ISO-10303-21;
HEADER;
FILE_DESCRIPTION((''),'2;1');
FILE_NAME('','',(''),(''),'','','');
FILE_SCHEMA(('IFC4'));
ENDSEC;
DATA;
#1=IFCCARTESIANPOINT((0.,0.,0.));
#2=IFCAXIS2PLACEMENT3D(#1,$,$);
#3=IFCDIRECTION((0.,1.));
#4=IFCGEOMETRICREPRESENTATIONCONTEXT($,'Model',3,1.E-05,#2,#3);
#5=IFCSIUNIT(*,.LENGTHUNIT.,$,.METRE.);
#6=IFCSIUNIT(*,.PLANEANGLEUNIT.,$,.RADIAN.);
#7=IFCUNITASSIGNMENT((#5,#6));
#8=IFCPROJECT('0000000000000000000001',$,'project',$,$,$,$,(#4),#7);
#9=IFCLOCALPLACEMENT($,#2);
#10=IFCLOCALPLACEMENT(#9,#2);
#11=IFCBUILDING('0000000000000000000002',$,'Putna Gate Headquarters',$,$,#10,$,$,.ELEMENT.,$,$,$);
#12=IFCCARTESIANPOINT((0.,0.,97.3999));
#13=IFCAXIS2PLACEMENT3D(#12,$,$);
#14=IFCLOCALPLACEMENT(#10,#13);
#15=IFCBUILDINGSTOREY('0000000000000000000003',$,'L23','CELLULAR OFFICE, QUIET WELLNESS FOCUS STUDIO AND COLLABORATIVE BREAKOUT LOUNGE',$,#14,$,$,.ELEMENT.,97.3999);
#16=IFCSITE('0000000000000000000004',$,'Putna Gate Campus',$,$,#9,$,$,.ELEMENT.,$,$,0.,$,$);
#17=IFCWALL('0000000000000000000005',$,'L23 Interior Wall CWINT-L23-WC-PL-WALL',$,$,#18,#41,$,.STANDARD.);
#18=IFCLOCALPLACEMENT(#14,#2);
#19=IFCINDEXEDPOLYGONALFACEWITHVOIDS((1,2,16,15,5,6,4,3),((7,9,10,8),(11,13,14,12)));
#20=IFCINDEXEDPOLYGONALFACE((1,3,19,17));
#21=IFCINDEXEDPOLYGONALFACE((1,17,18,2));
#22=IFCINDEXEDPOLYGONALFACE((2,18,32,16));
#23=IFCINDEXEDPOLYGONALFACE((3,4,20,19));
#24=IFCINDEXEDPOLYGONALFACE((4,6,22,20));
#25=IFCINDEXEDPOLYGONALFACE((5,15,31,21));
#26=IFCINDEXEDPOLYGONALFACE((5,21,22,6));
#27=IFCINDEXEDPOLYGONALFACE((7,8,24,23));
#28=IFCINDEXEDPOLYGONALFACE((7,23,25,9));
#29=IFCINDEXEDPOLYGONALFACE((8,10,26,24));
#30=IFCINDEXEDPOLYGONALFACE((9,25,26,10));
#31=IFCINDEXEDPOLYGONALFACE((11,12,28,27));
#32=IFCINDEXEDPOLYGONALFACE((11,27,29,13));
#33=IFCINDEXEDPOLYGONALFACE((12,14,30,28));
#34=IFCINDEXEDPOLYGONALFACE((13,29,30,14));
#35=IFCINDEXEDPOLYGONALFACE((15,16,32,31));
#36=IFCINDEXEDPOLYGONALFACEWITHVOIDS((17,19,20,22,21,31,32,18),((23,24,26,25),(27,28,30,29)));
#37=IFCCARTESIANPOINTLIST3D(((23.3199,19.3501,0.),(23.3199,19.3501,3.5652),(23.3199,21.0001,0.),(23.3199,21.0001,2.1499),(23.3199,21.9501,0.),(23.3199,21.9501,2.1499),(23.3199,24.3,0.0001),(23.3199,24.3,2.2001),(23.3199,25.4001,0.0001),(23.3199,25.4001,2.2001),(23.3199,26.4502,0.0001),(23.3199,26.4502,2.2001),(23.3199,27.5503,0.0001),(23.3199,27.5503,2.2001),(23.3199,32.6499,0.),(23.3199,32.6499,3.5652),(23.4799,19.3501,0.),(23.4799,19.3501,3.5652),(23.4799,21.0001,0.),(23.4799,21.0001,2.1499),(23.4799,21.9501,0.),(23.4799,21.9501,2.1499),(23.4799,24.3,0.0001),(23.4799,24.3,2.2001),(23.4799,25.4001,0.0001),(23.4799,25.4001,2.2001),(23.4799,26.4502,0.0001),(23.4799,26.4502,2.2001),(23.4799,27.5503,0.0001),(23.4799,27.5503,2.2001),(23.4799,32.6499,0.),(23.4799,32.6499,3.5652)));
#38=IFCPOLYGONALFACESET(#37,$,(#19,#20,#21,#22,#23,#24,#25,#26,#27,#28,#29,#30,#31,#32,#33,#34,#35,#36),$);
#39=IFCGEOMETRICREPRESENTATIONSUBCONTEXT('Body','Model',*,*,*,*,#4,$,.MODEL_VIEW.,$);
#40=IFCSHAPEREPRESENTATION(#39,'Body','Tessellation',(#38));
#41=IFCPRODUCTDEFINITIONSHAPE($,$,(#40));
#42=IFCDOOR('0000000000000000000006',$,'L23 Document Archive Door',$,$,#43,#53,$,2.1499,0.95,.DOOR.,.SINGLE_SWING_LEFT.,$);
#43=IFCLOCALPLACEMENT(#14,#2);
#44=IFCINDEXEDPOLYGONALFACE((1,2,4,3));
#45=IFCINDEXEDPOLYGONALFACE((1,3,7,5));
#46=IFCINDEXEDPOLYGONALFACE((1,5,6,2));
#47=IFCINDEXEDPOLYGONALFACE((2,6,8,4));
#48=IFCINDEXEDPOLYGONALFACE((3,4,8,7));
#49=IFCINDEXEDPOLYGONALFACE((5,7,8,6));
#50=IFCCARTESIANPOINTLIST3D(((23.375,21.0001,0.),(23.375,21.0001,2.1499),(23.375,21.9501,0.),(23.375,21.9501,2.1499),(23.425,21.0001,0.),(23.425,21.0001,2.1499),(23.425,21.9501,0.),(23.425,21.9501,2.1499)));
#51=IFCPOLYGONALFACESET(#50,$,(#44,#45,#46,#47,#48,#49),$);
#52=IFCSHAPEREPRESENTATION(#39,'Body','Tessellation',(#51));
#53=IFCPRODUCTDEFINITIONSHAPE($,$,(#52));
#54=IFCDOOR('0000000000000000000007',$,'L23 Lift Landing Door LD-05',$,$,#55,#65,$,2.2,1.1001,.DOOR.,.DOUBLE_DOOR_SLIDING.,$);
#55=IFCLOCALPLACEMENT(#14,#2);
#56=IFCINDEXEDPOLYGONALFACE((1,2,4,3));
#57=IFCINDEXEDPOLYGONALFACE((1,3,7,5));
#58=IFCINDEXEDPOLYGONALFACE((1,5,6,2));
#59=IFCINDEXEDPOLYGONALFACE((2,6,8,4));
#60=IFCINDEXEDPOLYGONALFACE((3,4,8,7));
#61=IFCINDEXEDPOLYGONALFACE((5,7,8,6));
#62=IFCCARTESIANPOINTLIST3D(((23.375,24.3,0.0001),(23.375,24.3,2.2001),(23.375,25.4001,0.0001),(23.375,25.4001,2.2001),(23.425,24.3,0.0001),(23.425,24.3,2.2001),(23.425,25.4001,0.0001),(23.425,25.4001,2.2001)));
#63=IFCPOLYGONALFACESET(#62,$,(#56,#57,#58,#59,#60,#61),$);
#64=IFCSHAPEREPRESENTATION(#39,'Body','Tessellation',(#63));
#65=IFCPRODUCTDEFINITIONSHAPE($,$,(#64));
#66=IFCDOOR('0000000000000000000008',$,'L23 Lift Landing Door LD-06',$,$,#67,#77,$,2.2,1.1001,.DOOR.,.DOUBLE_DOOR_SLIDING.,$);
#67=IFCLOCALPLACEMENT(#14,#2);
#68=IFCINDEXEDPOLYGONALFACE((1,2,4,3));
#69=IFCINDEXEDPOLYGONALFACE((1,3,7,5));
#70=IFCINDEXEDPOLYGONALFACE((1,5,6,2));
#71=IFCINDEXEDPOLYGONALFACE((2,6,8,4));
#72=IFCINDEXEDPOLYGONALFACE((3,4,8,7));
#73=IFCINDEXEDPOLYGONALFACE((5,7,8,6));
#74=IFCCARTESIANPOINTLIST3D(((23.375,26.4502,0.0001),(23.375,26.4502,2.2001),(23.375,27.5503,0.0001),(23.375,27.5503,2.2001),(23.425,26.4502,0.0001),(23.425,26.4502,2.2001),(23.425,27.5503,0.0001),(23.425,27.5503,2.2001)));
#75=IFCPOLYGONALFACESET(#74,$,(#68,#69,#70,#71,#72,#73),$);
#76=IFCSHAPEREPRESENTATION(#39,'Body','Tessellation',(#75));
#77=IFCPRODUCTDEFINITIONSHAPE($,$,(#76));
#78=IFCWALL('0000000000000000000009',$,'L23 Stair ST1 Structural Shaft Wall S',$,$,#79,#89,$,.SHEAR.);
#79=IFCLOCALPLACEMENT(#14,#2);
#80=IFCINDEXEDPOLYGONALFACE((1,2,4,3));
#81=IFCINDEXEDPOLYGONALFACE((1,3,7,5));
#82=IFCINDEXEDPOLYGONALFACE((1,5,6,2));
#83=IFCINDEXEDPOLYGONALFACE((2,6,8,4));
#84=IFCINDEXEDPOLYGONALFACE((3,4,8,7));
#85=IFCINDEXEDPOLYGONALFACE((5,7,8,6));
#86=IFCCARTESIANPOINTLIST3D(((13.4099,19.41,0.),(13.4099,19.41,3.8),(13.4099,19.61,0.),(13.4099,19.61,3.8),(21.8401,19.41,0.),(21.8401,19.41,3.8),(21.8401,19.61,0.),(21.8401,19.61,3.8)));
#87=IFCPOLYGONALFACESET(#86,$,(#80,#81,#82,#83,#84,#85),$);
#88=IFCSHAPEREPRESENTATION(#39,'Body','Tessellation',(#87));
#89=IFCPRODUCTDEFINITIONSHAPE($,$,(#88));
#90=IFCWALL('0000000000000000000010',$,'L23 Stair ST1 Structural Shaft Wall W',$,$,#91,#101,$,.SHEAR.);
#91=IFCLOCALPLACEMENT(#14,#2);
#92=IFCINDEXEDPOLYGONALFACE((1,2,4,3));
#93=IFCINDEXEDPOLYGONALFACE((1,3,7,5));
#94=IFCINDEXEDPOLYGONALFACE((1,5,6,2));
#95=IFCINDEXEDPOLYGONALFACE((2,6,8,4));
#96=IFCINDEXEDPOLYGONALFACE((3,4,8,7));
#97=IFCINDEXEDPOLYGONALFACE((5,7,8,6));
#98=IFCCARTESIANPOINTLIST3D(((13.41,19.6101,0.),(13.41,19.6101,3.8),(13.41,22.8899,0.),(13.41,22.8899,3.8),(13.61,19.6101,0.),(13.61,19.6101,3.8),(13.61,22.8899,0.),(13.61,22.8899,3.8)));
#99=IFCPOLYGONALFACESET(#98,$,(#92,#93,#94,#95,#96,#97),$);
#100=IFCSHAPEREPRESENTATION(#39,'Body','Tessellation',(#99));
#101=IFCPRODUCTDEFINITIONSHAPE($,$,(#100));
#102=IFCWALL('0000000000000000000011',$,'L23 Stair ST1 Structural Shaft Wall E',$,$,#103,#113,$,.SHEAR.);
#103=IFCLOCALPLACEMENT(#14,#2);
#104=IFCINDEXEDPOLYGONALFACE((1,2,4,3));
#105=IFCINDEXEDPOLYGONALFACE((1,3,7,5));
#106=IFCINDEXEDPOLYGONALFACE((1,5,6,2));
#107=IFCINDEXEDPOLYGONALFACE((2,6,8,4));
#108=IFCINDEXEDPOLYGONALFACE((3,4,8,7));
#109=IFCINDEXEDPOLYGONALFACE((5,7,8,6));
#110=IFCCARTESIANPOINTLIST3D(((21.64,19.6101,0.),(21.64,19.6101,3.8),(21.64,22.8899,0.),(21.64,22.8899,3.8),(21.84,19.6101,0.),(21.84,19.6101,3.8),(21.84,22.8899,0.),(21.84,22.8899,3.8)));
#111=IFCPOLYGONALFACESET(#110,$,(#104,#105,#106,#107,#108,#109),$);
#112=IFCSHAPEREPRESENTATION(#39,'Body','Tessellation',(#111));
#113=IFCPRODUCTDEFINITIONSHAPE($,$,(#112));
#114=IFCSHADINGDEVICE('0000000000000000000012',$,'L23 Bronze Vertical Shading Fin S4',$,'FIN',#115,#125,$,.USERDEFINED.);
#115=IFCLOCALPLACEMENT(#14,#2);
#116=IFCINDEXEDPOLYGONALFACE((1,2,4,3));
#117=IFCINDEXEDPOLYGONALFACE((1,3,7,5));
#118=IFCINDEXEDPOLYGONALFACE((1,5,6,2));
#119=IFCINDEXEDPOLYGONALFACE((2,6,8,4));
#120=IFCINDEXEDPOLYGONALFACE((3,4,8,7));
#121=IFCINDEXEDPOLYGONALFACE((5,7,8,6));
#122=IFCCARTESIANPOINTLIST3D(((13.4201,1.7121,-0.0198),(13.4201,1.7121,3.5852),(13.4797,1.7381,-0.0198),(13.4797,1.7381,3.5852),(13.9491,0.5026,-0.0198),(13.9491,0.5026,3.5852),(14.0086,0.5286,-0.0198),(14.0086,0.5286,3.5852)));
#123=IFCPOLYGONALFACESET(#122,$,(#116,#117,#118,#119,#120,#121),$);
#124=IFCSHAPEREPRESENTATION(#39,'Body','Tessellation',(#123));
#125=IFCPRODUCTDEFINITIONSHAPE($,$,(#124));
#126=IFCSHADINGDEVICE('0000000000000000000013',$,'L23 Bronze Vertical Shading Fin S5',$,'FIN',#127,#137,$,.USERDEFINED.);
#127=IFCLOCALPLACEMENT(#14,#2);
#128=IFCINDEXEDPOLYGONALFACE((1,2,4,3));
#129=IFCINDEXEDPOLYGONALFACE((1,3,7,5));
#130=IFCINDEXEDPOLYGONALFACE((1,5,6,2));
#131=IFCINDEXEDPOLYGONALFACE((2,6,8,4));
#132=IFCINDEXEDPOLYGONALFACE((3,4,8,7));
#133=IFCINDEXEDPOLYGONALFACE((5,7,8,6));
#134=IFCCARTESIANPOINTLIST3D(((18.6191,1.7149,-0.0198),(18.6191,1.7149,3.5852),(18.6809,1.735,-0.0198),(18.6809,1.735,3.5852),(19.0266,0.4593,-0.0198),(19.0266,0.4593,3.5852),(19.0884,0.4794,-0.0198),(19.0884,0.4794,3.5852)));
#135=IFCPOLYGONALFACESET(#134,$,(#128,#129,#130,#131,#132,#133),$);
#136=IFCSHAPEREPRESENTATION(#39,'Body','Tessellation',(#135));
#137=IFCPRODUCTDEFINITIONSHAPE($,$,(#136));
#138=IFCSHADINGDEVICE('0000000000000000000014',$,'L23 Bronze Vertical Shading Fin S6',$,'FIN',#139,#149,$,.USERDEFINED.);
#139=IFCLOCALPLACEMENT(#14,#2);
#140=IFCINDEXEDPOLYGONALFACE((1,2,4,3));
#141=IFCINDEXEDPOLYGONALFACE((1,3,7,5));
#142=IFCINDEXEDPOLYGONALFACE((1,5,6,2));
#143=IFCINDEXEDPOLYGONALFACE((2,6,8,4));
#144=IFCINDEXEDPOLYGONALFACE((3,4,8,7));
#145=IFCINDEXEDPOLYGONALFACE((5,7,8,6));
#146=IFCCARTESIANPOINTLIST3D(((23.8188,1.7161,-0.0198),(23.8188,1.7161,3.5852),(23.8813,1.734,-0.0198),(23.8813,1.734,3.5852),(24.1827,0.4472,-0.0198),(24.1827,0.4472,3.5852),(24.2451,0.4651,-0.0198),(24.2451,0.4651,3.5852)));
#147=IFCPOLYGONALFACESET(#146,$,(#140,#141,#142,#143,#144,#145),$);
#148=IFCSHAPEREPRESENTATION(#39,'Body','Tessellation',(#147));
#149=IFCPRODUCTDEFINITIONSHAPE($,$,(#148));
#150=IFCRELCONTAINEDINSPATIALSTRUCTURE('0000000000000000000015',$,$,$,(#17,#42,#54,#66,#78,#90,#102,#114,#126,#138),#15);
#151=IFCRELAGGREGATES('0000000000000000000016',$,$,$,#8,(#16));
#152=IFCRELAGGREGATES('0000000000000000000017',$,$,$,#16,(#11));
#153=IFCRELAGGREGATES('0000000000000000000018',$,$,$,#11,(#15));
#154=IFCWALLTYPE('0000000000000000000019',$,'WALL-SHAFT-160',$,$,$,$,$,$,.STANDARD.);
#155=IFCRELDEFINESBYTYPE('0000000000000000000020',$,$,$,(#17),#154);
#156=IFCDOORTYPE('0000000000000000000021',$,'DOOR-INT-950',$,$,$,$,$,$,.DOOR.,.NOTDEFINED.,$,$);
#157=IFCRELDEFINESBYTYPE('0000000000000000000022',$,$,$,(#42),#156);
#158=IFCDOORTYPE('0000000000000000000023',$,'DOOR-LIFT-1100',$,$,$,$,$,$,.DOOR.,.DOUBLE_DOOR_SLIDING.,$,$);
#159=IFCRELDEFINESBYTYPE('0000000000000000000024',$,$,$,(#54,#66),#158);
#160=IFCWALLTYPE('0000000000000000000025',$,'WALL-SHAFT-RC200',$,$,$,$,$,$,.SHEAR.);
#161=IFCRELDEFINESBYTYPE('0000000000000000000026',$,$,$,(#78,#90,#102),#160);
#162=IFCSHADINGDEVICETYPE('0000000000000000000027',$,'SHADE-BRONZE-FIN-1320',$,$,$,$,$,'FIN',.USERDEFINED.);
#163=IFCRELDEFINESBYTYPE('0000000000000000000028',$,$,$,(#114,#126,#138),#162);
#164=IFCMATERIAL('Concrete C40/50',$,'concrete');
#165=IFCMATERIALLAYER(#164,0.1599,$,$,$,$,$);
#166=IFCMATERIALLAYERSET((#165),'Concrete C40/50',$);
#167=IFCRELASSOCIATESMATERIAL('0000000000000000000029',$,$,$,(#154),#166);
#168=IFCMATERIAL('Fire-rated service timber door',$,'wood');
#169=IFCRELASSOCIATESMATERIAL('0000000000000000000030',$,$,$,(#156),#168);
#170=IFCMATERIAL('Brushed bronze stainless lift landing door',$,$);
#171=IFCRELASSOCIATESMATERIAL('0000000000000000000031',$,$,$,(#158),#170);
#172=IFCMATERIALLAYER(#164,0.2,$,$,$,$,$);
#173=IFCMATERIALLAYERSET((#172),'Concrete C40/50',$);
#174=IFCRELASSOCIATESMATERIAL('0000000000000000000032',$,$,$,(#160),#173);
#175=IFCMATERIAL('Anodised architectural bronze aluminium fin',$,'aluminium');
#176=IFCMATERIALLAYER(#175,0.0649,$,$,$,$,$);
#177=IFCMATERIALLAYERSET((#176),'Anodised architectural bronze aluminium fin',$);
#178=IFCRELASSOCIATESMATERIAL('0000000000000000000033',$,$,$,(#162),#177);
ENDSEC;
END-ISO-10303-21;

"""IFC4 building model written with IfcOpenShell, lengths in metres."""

from ifc_helpers import new_model, si_unit, direction, frame, frame_2d, origin, origin_2d, place, context, subcontext, project, spatial, rectangle, extrude, material, layer, layer_set, type_object, element, fill, save


model = new_model("IFC4")

# Units and contexts
model_context = context("Model", 3, precision=1e-05, world=origin(), true_north=direction((0.0, 1.0)))
body_context = subcontext(model_context, "Body", "Model", "MODEL_VIEW")
ifc_project = project(units=[si_unit("LENGTHUNIT", "METRE"), si_unit("PLANEANGLEUNIT", "RADIAN")], contexts=[model_context])

# Site, building, storey
site_placement = place(None, origin())
site = spatial("IfcSite", under=ifc_project, at=site_placement, Name="Putna Gate Campus", CompositionType="ELEMENT", RefElevation=0.0)
building_placement = place(site_placement, origin())
building = spatial("IfcBuilding", under=site, at=building_placement, Name="Putna Gate Headquarters", CompositionType="ELEMENT")
storey_placement = place(building_placement, frame((0.0, 0.0, 97.3999)))
storey = spatial("IfcBuildingStorey", under=building, at=storey_placement, Name="L23", Description="CELLULAR OFFICE, QUIET WELLNESS FOCUS STUDIO AND COLLABORATIVE BREAKOUT LOUNGE", CompositionType="ELEMENT", Elevation=97.3999)

# Wall, openings, doors
ifc_material_1 = material(Name="Concrete C40/50", Category="concrete")
ifc_layer_1 = layer(ifc_material_1, 0.1599)
ifc_layer_set_1 = layer_set([ifc_layer_1], Name="Concrete C40/50")
wall_type_1 = type_object("IfcWallType", Name="WALL-SHAFT-160", PredefinedType="STANDARD", material=ifc_layer_set_1)
wall_1_placement = place(storey_placement, frame((23.3999, 19.3501, 0.0), z_axis=(0.0, 0.0, 1.0), x_axis=(0.0, 1.0, 0.0)))
wall_1 = element("IfcWall", 1, at=wall_1_placement, inside=storey, type_object=wall_type_1, Name="L23 Interior Wall CWINT-L23-WC-PL-WALL", PredefinedType="STANDARD", context=body_context, shape_type="SweptSolid", body=[
    extrude(rectangle(XDim=13.2998, YDim=0.1599, at=frame_2d((6.6499, 0.0))), origin(), (0.0, 0.0, 1.0), 3.5652),
])
opening_1_placement = place(wall_1_placement, frame((1.6499, 0.0, 0.0)))
opening_1 = element("IfcOpeningElement", 2, at=opening_1_placement, cuts=wall_1, PredefinedType="OPENING", context=body_context, shape_type="SweptSolid", body=[
    extrude(rectangle(XDim=0.95, YDim=2.1499, at=frame_2d((0.4751, 1.075))), frame((0.0, 0.0898, 0.0), z_axis=(0.0, -1.0, 0.0), x_axis=(1.0, 0.0, 0.0)), (0.0, 0.0, 1.0), 0.1799),
])
opening_2_placement = place(wall_1_placement, frame((4.95, 0.0, 0.0)))
opening_2 = element("IfcOpeningElement", 3, at=opening_2_placement, cuts=wall_1, PredefinedType="OPENING", context=body_context, shape_type="SweptSolid", body=[
    extrude(rectangle(XDim=1.1001, YDim=2.2, at=frame_2d((0.55, 1.1001))), frame((0.0, 0.0898, 0.0), z_axis=(0.0, -1.0, 0.0), x_axis=(1.0, 0.0, 0.0)), (0.0, 0.0, 1.0), 0.1799),
])
opening_3_placement = place(wall_1_placement, frame((7.1001, 0.0, 0.0)))
opening_3 = element("IfcOpeningElement", 4, at=opening_3_placement, cuts=wall_1, PredefinedType="OPENING", context=body_context, shape_type="SweptSolid", body=[
    extrude(rectangle(XDim=1.1001, YDim=2.2, at=frame_2d((0.55, 1.1001))), frame((0.0, 0.0898, 0.0), z_axis=(0.0, -1.0, 0.0), x_axis=(1.0, 0.0, 0.0)), (0.0, 0.0, 1.0), 0.1799),
])
ifc_material_2 = material(Name="Fire-rated service timber door", Category="wood")
door_type_1 = type_object("IfcDoorType", Name="DOOR-INT-950", OperationType="NOTDEFINED", PredefinedType="DOOR", material=ifc_material_2)
door_1_placement = place(opening_1_placement, origin())
door_1 = element("IfcDoor", 5, at=door_1_placement, inside=storey, type_object=door_type_1, Name="L23 Document Archive Door", OperationType="SINGLE_SWING_LEFT", OverallHeight=2.1499, OverallWidth=0.95, PredefinedType="DOOR", context=body_context, shape_type="SweptSolid", body=[
    extrude(rectangle(XDim=0.95, YDim=2.1499, at=frame_2d((0.4751, 1.075))), frame((0.0, 0.0249, 0.0), z_axis=(0.0, -1.0, 0.0), x_axis=(1.0, 0.0, 0.0)), (0.0, 0.0, 1.0), 0.05),
])
fill(opening_1, door_1)
ifc_material_3 = material(Name="Brushed bronze stainless lift landing door")
door_type_2 = type_object("IfcDoorType", Name="DOOR-LIFT-1100", OperationType="DOUBLE_DOOR_SLIDING", PredefinedType="DOOR", material=ifc_material_3)
door_2_placement = place(opening_2_placement, origin())
door_2 = element("IfcDoor", 6, at=door_2_placement, inside=storey, type_object=door_type_2, Name="L23 Lift Landing Door LD-05", OperationType="DOUBLE_DOOR_SLIDING", OverallHeight=2.2, OverallWidth=1.1001, PredefinedType="DOOR", context=body_context, shape_type="SweptSolid", body=[
    extrude(rectangle(XDim=1.1001, YDim=2.2, at=frame_2d((0.55, 1.1001))), frame((0.0, 0.0249, 0.0), z_axis=(0.0, -1.0, 0.0), x_axis=(1.0, 0.0, 0.0)), (0.0, 0.0, 1.0), 0.05),
])
fill(opening_2, door_2)
door_3_placement = place(opening_3_placement, origin())
door_3 = element("IfcDoor", 7, at=door_3_placement, inside=storey, type_object=door_type_2, Name="L23 Lift Landing Door LD-06", OperationType="DOUBLE_DOOR_SLIDING", OverallHeight=2.2, OverallWidth=1.1001, PredefinedType="DOOR", context=body_context, shape_type="SweptSolid", body=[
    extrude(rectangle(XDim=1.1001, YDim=2.2, at=frame_2d((0.55, 1.1001))), frame((0.0, 0.0249, 0.0), z_axis=(0.0, -1.0, 0.0), x_axis=(1.0, 0.0, 0.0)), (0.0, 0.0, 1.0), 0.05),
])
fill(opening_3, door_3)

# Walls
ifc_layer_2 = layer(ifc_material_1, 0.2)
ifc_layer_set_2 = layer_set([ifc_layer_2], Name="Concrete C40/50")
wall_type_2 = type_object("IfcWallType", Name="WALL-SHAFT-RC200", PredefinedType="SHEAR", material=ifc_layer_set_2)
wall_2_placement = place(storey_placement, frame((13.4099, 19.51, 0.0), z_axis=(0.0, 0.0, 1.0), x_axis=(1.0, 0.0, 0.0)))
element("IfcWall", 8, at=wall_2_placement, inside=storey, type_object=wall_type_2, Name="L23 Stair ST1 Structural Shaft Wall S", PredefinedType="SHEAR", context=body_context, shape_type="SweptSolid", body=[
    extrude(rectangle(XDim=8.4302, YDim=0.2, at=frame_2d((4.2151, 0.0))), origin(), (0.0, 0.0, 1.0), 3.8),
])
for number, where, z_axis, x_axis, name in (
    (9, (13.51, 19.6101, 0.0), (0.0, 0.0, 1.0), (0.0, 1.0, 0.0), "L23 Stair ST1 Structural Shaft Wall W"),
    (10, (21.74, 19.6101, 0.0), (0.0, 0.0, 1.0), (0.0, 1.0, 0.0), "L23 Stair ST1 Structural Shaft Wall E"),
):
    element("IfcWall", number, at=place(storey_placement, frame(where, z_axis=z_axis, x_axis=x_axis)), inside=storey, type_object=wall_type_2, Name=name, PredefinedType="SHEAR", context=body_context, shape_type="SweptSolid", body=[
        extrude(rectangle(XDim=3.2798, YDim=0.2, at=frame_2d((1.6399, 0.0))), origin(), (0.0, 0.0, 1.0), 3.8),
    ])

# Shading devices
ifc_material_4 = material(Name="Anodised architectural bronze aluminium fin", Category="aluminium")
ifc_layer_3 = layer(ifc_material_4, 0.0649)
ifc_layer_set_3 = layer_set([ifc_layer_3], Name="Anodised architectural bronze aluminium fin")
shading_device_type = type_object("IfcShadingDeviceType", Name="SHADE-BRONZE-FIN-1320", ElementType="FIN", PredefinedType="USERDEFINED", material=ifc_layer_set_3)
for number, where, z_axis, x_axis, name in (
    (11, (13.7144, 1.1204, -0.0198), (0.0, 0.0, 1.0), (0.400669, -0.916223, 0.0), "L23 Bronze Vertical Shading Fin S4"),
    (12, (18.8538, 1.0972, -0.0198), (0.0, 0.0, 1.0), (0.308685, -0.951164, 0.0), "L23 Bronze Vertical Shading Fin S5"),
    (13, (24.032, 1.0906, -0.0198), (0.0, 0.0, 1.0), (0.275637, -0.961262, 0.0), "L23 Bronze Vertical Shading Fin S6"),
):
    element("IfcShadingDevice", number, at=place(storey_placement, frame(where, z_axis=z_axis, x_axis=x_axis)), inside=storey, type_object=shading_device_type, Name=name, ObjectType="FIN", PredefinedType="USERDEFINED", context=body_context, shape_type="SweptSolid", body=[
        extrude(rectangle(XDim=1.3201, YDim=0.0649, at=origin_2d()), origin(), (0.0, 0.0, 1.0), 3.605),
    ])

save(model, "model.ifc")
